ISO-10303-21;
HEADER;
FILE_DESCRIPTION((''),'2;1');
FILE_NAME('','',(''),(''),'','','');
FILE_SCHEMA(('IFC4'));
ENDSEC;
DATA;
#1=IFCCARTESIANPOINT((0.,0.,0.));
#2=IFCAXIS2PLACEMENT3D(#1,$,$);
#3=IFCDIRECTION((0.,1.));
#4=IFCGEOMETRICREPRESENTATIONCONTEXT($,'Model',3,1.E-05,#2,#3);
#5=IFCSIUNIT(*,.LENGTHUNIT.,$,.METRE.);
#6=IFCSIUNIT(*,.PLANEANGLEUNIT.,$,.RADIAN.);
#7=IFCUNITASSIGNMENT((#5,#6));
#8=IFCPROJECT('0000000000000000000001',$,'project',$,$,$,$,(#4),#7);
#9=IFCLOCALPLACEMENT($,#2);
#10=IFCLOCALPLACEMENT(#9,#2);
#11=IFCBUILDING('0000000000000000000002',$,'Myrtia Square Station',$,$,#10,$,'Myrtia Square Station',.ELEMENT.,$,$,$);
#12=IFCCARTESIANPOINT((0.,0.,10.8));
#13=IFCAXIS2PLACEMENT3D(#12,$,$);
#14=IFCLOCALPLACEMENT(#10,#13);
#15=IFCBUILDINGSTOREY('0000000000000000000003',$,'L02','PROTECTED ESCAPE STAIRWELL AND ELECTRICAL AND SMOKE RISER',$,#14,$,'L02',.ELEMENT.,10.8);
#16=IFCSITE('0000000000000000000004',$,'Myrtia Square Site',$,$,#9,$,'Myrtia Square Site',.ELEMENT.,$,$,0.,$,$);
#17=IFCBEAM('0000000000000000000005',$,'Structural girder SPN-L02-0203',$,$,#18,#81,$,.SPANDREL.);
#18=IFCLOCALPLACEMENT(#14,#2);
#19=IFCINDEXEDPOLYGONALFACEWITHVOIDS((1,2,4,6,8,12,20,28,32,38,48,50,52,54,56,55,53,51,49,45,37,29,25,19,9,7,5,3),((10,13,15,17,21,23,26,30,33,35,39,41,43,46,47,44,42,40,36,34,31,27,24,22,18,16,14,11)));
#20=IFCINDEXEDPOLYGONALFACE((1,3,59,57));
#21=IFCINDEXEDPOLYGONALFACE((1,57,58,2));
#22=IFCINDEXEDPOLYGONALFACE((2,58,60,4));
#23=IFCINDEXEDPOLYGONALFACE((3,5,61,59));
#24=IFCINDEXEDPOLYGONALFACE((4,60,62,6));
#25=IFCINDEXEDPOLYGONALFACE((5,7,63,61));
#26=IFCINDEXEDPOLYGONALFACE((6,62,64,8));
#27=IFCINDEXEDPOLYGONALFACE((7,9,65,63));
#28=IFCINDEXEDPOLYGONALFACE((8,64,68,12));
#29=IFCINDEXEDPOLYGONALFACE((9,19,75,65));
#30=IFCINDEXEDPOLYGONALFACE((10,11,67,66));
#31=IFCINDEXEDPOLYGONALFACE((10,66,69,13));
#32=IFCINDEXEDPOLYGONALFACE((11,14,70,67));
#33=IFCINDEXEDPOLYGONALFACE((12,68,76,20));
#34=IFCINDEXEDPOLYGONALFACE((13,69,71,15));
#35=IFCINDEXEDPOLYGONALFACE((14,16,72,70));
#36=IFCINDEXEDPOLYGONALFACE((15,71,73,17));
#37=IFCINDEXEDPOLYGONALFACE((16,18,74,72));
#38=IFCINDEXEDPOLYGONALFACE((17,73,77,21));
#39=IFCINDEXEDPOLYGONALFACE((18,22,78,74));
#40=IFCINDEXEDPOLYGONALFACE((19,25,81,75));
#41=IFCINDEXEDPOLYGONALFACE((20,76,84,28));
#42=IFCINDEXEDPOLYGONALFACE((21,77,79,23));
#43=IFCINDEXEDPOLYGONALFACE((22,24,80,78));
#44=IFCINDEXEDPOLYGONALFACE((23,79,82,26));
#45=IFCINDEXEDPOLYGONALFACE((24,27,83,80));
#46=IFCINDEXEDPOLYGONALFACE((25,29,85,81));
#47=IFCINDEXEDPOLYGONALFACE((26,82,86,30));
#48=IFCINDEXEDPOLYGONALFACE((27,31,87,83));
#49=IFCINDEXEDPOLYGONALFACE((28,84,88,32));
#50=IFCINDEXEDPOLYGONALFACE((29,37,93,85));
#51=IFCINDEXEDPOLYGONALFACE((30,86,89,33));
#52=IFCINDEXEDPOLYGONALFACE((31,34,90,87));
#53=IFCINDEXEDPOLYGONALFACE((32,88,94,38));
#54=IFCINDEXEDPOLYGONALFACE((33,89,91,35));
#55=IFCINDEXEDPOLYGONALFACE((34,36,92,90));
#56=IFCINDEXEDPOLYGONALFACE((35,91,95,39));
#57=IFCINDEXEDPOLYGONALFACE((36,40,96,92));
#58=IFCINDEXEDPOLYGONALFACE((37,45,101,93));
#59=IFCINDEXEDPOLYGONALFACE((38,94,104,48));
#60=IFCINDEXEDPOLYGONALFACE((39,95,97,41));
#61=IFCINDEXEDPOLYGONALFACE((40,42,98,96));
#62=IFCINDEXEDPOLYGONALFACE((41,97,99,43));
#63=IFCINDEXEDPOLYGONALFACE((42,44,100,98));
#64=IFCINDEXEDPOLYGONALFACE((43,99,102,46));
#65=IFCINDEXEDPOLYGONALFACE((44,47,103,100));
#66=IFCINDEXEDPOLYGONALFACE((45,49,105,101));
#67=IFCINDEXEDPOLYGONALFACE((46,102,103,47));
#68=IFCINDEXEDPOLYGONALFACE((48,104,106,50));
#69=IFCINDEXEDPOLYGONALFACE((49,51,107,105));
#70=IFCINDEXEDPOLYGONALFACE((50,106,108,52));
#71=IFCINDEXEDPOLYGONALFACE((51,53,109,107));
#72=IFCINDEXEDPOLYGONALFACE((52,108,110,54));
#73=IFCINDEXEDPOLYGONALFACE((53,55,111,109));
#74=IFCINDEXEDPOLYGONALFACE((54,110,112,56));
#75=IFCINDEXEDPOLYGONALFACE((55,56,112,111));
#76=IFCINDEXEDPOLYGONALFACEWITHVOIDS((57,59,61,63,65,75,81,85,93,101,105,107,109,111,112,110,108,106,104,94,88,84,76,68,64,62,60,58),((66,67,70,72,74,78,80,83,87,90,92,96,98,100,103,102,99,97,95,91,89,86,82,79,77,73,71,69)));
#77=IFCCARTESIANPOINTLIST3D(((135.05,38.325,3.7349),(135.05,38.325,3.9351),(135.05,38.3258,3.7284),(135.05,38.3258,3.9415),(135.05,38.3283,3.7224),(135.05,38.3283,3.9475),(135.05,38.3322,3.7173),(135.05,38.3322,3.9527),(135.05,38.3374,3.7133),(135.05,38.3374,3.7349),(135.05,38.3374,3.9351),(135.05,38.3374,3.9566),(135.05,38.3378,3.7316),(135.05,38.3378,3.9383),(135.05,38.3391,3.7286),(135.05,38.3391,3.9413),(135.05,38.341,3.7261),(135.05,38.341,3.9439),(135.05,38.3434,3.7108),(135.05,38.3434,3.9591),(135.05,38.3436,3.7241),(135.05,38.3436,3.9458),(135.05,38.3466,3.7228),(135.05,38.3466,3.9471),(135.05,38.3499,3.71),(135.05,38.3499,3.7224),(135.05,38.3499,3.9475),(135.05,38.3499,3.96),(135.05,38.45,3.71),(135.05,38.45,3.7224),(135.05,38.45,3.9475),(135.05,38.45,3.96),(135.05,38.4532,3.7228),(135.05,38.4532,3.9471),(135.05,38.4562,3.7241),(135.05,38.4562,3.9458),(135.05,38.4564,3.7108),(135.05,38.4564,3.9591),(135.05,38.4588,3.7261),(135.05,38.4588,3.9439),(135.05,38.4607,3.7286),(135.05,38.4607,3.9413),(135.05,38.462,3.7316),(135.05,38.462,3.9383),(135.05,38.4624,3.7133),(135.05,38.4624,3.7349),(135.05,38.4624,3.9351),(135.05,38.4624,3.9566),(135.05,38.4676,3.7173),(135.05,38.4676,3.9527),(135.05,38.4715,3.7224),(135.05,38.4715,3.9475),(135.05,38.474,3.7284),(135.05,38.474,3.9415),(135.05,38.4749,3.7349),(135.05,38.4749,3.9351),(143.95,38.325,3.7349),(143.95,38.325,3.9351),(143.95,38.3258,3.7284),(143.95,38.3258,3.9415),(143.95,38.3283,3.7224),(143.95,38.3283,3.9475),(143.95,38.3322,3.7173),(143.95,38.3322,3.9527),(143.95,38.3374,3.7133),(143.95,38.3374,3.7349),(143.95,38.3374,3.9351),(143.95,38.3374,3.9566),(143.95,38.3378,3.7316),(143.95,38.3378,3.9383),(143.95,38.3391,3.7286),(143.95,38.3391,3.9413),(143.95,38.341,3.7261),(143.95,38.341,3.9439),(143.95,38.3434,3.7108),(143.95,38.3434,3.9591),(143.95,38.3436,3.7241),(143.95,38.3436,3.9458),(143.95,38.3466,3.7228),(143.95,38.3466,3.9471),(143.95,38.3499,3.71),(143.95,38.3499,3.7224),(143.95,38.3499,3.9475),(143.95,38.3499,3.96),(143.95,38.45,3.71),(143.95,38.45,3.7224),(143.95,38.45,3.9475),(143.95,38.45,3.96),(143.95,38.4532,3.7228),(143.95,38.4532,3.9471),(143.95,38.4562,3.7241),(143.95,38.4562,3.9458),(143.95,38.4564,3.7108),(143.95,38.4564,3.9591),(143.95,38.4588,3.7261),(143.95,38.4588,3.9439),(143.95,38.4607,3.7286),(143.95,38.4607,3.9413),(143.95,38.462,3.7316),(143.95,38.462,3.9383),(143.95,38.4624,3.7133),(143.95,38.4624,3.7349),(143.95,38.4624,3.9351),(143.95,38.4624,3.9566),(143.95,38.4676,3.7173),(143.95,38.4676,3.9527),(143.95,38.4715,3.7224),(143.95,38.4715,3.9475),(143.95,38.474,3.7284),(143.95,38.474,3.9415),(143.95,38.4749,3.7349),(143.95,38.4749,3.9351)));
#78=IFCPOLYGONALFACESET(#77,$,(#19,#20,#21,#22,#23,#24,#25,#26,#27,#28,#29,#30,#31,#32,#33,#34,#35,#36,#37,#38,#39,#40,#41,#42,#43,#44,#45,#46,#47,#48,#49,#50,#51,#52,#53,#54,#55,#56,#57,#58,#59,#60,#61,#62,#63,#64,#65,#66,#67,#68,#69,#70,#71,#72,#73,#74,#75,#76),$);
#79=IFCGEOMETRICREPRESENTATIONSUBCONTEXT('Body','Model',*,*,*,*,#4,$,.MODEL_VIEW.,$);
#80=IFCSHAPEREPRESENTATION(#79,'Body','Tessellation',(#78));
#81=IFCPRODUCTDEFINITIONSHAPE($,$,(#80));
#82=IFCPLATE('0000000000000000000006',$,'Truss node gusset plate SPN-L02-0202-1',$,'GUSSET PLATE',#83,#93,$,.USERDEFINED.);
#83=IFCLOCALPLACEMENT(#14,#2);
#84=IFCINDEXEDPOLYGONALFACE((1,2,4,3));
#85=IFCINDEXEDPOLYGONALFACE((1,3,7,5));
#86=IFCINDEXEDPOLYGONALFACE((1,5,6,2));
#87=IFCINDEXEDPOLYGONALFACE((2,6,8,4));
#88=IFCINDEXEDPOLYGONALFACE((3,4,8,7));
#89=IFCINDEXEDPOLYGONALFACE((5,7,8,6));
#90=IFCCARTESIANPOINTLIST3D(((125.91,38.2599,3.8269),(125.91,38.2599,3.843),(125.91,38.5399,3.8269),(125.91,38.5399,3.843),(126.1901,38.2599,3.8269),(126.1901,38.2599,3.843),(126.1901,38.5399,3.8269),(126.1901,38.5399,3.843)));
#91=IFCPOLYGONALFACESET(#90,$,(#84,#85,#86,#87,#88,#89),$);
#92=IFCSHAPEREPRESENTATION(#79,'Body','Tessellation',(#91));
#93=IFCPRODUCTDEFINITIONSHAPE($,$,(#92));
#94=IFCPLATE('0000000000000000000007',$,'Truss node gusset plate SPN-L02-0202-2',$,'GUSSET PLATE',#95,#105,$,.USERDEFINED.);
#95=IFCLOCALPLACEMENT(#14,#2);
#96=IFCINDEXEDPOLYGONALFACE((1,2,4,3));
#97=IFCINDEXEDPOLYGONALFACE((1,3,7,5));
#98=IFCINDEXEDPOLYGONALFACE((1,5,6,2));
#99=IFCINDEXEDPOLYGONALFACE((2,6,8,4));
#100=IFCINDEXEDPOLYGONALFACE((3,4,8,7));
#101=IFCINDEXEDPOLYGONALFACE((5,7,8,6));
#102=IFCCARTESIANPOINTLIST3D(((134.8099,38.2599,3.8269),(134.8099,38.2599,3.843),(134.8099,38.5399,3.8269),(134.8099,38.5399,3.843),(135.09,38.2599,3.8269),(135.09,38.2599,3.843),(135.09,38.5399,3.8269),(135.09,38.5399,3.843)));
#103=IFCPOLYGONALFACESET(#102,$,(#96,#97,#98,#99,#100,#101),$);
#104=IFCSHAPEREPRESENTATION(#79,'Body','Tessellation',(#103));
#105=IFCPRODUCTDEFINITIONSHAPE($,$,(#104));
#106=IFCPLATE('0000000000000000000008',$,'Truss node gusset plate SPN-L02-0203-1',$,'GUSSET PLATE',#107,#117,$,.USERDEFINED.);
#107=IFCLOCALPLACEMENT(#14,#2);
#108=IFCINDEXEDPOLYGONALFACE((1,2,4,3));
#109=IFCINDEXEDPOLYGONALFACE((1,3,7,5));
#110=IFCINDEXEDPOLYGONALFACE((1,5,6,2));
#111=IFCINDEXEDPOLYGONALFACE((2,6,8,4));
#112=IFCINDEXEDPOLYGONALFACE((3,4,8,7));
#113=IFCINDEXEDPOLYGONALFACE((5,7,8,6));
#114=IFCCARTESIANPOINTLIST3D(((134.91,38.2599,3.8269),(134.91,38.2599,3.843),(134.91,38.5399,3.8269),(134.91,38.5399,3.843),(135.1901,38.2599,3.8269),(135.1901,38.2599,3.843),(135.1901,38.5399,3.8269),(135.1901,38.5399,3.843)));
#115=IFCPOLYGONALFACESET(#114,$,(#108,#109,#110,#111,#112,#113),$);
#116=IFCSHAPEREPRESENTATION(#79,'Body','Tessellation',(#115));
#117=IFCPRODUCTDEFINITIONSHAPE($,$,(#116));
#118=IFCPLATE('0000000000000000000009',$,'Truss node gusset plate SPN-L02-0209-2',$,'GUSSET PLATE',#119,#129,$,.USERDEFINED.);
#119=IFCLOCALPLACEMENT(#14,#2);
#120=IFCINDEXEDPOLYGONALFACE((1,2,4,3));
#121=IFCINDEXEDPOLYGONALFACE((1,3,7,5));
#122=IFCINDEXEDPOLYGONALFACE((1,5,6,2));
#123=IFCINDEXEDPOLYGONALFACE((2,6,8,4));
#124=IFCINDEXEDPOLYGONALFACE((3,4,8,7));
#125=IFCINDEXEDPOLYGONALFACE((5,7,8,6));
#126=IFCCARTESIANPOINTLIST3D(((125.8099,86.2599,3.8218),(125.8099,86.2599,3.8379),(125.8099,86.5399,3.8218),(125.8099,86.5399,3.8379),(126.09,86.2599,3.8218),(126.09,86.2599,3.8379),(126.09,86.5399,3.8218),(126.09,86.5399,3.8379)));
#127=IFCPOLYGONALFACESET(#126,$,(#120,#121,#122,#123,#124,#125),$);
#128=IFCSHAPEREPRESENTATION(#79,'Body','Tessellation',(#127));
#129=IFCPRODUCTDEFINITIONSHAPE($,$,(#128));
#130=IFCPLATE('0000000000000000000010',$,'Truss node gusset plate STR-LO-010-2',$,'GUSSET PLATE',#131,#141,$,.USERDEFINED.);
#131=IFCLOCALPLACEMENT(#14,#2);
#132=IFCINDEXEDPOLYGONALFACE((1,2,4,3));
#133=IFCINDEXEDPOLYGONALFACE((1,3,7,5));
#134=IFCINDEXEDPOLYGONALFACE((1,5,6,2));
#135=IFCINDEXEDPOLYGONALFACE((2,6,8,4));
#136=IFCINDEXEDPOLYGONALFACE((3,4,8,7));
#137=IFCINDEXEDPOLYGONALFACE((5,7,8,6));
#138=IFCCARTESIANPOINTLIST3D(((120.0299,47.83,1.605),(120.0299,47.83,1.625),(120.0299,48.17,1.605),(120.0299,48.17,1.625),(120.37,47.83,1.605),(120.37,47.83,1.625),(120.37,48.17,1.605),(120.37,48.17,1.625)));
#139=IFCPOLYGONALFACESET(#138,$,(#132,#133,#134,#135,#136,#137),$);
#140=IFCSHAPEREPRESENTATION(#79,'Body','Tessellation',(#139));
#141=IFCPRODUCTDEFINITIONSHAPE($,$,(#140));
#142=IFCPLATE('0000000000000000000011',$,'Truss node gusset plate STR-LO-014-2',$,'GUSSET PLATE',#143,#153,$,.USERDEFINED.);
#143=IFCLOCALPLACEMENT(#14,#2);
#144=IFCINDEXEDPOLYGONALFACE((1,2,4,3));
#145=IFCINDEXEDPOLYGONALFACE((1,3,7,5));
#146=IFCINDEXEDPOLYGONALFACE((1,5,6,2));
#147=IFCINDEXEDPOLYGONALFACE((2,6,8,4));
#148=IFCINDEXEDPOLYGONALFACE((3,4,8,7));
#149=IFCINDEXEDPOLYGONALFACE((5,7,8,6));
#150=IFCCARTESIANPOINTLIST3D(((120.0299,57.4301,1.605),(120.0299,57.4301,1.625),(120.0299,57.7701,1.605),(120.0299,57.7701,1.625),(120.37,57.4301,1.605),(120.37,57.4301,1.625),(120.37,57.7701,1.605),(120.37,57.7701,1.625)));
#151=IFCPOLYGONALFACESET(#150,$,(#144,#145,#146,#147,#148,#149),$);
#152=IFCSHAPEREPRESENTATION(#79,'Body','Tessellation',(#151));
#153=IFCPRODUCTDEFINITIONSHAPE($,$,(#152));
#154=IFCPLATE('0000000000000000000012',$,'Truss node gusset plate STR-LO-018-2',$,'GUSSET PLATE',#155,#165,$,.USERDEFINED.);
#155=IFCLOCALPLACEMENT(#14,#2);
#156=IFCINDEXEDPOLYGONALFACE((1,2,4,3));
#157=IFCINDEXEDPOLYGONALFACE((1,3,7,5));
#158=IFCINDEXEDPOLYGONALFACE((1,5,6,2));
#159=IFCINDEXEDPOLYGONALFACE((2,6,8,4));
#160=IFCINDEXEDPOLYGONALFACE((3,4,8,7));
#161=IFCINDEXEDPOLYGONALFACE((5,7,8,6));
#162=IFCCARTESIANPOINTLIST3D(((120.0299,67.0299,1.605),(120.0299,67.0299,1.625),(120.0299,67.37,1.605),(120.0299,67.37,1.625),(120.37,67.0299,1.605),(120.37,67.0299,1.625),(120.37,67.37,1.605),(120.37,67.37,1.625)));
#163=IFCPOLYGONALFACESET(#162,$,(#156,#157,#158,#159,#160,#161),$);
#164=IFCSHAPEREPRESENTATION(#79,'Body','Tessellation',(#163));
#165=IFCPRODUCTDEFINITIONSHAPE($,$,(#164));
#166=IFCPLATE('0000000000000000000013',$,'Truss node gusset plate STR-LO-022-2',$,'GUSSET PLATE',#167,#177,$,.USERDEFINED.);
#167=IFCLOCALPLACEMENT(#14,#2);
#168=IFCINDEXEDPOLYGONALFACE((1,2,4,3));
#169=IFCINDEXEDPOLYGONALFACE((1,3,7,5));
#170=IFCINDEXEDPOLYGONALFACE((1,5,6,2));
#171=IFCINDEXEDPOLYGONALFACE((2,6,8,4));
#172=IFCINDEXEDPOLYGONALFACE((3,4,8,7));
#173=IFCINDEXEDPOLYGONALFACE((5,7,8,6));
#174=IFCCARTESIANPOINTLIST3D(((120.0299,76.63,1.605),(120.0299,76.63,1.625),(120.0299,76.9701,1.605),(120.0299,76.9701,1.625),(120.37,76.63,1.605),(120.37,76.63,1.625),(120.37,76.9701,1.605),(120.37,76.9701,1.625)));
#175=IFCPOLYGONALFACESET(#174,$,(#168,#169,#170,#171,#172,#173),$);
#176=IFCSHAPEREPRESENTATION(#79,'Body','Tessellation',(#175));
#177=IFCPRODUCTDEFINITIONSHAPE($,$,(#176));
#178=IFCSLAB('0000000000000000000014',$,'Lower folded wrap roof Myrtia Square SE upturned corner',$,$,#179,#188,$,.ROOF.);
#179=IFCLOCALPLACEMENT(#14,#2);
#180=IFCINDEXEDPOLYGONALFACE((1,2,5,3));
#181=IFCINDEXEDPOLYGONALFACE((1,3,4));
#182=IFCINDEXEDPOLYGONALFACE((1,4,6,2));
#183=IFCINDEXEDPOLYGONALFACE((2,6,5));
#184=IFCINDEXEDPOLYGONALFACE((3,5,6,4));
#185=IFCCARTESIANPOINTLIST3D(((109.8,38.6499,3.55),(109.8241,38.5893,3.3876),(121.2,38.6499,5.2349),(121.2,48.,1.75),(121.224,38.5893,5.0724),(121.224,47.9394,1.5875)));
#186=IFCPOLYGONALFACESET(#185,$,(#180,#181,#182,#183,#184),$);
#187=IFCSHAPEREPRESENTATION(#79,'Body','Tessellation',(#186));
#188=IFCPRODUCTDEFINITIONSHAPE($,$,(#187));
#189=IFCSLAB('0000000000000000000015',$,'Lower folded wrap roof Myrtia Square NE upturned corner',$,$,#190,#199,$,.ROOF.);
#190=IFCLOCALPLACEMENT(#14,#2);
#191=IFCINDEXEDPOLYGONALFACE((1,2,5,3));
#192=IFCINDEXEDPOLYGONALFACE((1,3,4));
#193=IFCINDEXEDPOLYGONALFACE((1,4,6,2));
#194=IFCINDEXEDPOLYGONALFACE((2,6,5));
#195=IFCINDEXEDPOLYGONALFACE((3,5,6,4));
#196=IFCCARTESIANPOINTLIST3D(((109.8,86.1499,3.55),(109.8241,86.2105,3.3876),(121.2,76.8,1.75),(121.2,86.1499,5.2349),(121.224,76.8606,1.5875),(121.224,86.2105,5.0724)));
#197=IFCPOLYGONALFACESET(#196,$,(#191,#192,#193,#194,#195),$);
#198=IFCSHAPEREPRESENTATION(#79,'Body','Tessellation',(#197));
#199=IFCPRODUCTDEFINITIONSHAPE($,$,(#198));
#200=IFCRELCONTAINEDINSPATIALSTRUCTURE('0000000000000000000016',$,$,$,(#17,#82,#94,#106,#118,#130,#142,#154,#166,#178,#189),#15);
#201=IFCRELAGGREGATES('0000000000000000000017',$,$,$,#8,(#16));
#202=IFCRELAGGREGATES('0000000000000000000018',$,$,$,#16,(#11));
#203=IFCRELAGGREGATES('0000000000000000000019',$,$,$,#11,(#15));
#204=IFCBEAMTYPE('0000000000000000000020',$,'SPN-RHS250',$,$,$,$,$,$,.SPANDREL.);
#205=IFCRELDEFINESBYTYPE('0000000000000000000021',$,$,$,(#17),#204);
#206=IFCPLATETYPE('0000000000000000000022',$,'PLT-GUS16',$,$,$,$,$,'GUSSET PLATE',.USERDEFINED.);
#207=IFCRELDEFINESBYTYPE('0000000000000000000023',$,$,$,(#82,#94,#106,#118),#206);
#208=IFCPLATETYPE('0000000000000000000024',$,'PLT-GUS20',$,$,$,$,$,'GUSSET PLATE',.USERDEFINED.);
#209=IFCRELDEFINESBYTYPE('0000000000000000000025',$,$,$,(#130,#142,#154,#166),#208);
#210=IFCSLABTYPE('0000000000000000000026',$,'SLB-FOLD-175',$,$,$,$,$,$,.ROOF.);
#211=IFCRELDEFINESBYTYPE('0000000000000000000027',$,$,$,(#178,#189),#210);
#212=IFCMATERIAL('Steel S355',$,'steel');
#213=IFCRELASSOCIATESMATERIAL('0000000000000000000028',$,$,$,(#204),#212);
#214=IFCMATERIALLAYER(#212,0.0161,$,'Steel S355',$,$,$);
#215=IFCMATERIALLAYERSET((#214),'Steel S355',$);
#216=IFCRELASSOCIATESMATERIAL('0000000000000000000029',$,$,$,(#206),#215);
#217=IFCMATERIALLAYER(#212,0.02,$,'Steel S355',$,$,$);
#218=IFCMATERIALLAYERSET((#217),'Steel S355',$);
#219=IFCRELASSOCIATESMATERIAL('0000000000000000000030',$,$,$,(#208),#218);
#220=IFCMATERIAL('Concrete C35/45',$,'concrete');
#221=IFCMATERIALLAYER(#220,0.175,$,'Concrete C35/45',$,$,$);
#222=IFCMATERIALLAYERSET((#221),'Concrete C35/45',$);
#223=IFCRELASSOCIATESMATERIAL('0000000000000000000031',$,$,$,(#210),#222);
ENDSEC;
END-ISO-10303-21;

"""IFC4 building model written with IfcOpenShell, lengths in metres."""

from ifc_helpers import new_model, si_unit, direction, frame, origin, origin_2d, place, context, subcontext, project, spatial, polyline, rectangle, hollow_rectangle, outline, extrude, material, layer, layer_set, material_profile, profile_set, type_object, element, save


model = new_model("IFC4")

# Units and contexts
model_context = context("Model", 3, precision=1e-05, world=origin(), true_north=direction((0.0, 1.0)))
body_context = subcontext(model_context, "Body", "Model", "MODEL_VIEW")
ifc_project = project(units=[si_unit("LENGTHUNIT", "METRE"), si_unit("PLANEANGLEUNIT", "RADIAN")], contexts=[model_context])

# Site, building, storey
site_placement = place(None, origin())
site = spatial("IfcSite", under=ifc_project, at=site_placement, Name="Myrtia Square Site", LongName="Myrtia Square Site", CompositionType="ELEMENT", RefElevation=0.0)
building_placement = place(site_placement, origin())
building = spatial("IfcBuilding", under=site, at=building_placement, Name="Myrtia Square Station", LongName="Myrtia Square Station", CompositionType="ELEMENT")
storey_placement = place(building_placement, frame((0.0, 0.0, 10.8)))
storey = spatial("IfcBuildingStorey", under=building, at=storey_placement, Name="L02", Description="PROTECTED ESCAPE STAIRWELL AND ELECTRICAL AND SMOKE RISER", LongName="L02", CompositionType="ELEMENT", Elevation=10.8)

# Shared definitions
ifc_material_1 = material(Name="Steel S355", Category="steel")

# Beam
ifc_material_profile_1 = material_profile(ifc_material_1, hollow_rectangle(XDim=0.1499, YDim=0.25, WallThickness=0.0125, InnerFilletRadius=0.0125, OuterFilletRadius=0.0249, at=origin_2d()), Name="RHS 250x150x12.5")
ifc_profile_set_1 = profile_set([ifc_material_profile_1], Name="Steel S355")
beam_type = type_object("IfcBeamType", Name="SPN-RHS250", PredefinedType="SPANDREL", material=ifc_profile_set_1)
beam_placement = place(storey_placement, frame((135.05, 38.3999, 3.835), z_axis=(1.0, 0.0, 0.0), x_axis=(0.0, 1.0, 0.0)))
element("IfcBeam", 1, at=beam_placement, inside=storey, type_object=beam_type, Name="Structural girder SPN-L02-0203", PredefinedType="SPANDREL", context=body_context, shape_type="SweptSolid", body=[
    extrude(hollow_rectangle(XDim=0.1499, YDim=0.25, WallThickness=0.0125, InnerFilletRadius=0.0125, OuterFilletRadius=0.0249, at=origin_2d()), origin(), (0.0, 0.0, 1.0), 8.8999),
])

# Plates
ifc_layer_1 = layer(ifc_material_1, 0.0161, Name="Steel S355")
ifc_layer_set_1 = layer_set([ifc_layer_1], Name="Steel S355")
plate_type_1 = type_object("IfcPlateType", Name="PLT-GUS16", ElementType="GUSSET PLATE", PredefinedType="USERDEFINED", material=ifc_layer_set_1)
for number, where, z_axis, x_axis, name in (
    (2, (126.05, 38.3999, 3.8269), (0.0, 0.0, 1.0), (1.0, 0.0, 0.0), "Truss node gusset plate SPN-L02-0202-1"),
    (3, (134.95, 38.3999, 3.8269), (0.0, 0.0, 1.0), (1.0, 0.0, 0.0), "Truss node gusset plate SPN-L02-0202-2"),
    (4, (135.05, 38.3999, 3.8269), (0.0, 0.0, 1.0), (1.0, 0.0, 0.0), "Truss node gusset plate SPN-L02-0203-1"),
    (5, (125.95, 86.3999, 3.8218), (0.0, 0.0, 1.0), (1.0, 0.0, 0.0), "Truss node gusset plate SPN-L02-0209-2"),
):
    element("IfcPlate", number, at=place(storey_placement, frame(where, z_axis=z_axis, x_axis=x_axis)), inside=storey, type_object=plate_type_1, Name=name, ObjectType="GUSSET PLATE", PredefinedType="USERDEFINED", context=body_context, shape_type="SweptSolid", body=[
        extrude(rectangle(XDim=0.28, YDim=0.28, at=origin_2d()), origin(), (0.0, 0.0, 1.0), 0.0161),
    ])
ifc_layer_2 = layer(ifc_material_1, 0.02, Name="Steel S355")
ifc_layer_set_2 = layer_set([ifc_layer_2], Name="Steel S355")
plate_type_2 = type_object("IfcPlateType", Name="PLT-GUS20", ElementType="GUSSET PLATE", PredefinedType="USERDEFINED", material=ifc_layer_set_2)
for number, where, z_axis, x_axis, name in (
    (6, (120.2, 48.0, 1.605), (0.0, 0.0, 1.0), (1.0, 0.0, 0.0), "Truss node gusset plate STR-LO-010-2"),
    (7, (120.2, 57.6001, 1.605), (0.0, 0.0, 1.0), (1.0, 0.0, 0.0), "Truss node gusset plate STR-LO-014-2"),
    (8, (120.2, 67.2, 1.605), (0.0, 0.0, 1.0), (1.0, 0.0, 0.0), "Truss node gusset plate STR-LO-018-2"),
    (9, (120.2, 76.8, 1.605), (0.0, 0.0, 1.0), (1.0, 0.0, 0.0), "Truss node gusset plate STR-LO-022-2"),
):
    element("IfcPlate", number, at=place(storey_placement, frame(where, z_axis=z_axis, x_axis=x_axis)), inside=storey, type_object=plate_type_2, Name=name, ObjectType="GUSSET PLATE", PredefinedType="USERDEFINED", context=body_context, shape_type="SweptSolid", body=[
        extrude(rectangle(XDim=0.3401, YDim=0.3401, at=origin_2d()), origin(), (0.0, 0.0, 1.0), 0.02),
    ])

# Slabs
ifc_material_2 = material(Name="Concrete C35/45", Category="concrete")
ifc_layer_3 = layer(ifc_material_2, 0.175, Name="Concrete C35/45")
ifc_layer_set_3 = layer_set([ifc_layer_3], Name="Concrete C35/45")
slab_type = type_object("IfcSlabType", Name="SLB-FOLD-175", PredefinedType="ROOF", material=ifc_layer_set_3)
slab_1_placement = place(storey_placement, frame((121.2, 38.6499, 5.2349), z_axis=(-0.137177, 0.345939, 0.928175), x_axis=(0.0, 0.937033, -0.34924)))
element("IfcSlab", 10, at=slab_1_placement, inside=storey, type_object=slab_type, Name="Lower folded wrap roof Myrtia Square SE upturned corner", PredefinedType="ROOF", context=body_context, shape_type="SweptSolid", body=[
    extrude(outline(polyline([(0.0, 0.0), (9.9784, 0.0), (0.5884, 11.5087), (0.0, 0.0)])), origin(), (0.0, 0.0, -1.0), 0.175),
])
slab_2_placement = place(storey_placement, frame((121.2, 86.1499, 5.2349), z_axis=(-0.137176, -0.345947, 0.928172), x_axis=(-0.989254, 0.0, -0.146204)))
element("IfcSlab", 11, at=slab_2_placement, inside=storey, type_object=slab_type, Name="Lower folded wrap roof Myrtia Square NE upturned corner", PredefinedType="ROOF", context=body_context, shape_type="SweptSolid", body=[
    extrude(outline(polyline([(0.0, 0.0), (11.5237, 0.0), (0.5095, 9.9652), (0.0, 0.0)])), origin(), (0.0, 0.0, -1.0), 0.175),
])

save(model, "model.ifc")
